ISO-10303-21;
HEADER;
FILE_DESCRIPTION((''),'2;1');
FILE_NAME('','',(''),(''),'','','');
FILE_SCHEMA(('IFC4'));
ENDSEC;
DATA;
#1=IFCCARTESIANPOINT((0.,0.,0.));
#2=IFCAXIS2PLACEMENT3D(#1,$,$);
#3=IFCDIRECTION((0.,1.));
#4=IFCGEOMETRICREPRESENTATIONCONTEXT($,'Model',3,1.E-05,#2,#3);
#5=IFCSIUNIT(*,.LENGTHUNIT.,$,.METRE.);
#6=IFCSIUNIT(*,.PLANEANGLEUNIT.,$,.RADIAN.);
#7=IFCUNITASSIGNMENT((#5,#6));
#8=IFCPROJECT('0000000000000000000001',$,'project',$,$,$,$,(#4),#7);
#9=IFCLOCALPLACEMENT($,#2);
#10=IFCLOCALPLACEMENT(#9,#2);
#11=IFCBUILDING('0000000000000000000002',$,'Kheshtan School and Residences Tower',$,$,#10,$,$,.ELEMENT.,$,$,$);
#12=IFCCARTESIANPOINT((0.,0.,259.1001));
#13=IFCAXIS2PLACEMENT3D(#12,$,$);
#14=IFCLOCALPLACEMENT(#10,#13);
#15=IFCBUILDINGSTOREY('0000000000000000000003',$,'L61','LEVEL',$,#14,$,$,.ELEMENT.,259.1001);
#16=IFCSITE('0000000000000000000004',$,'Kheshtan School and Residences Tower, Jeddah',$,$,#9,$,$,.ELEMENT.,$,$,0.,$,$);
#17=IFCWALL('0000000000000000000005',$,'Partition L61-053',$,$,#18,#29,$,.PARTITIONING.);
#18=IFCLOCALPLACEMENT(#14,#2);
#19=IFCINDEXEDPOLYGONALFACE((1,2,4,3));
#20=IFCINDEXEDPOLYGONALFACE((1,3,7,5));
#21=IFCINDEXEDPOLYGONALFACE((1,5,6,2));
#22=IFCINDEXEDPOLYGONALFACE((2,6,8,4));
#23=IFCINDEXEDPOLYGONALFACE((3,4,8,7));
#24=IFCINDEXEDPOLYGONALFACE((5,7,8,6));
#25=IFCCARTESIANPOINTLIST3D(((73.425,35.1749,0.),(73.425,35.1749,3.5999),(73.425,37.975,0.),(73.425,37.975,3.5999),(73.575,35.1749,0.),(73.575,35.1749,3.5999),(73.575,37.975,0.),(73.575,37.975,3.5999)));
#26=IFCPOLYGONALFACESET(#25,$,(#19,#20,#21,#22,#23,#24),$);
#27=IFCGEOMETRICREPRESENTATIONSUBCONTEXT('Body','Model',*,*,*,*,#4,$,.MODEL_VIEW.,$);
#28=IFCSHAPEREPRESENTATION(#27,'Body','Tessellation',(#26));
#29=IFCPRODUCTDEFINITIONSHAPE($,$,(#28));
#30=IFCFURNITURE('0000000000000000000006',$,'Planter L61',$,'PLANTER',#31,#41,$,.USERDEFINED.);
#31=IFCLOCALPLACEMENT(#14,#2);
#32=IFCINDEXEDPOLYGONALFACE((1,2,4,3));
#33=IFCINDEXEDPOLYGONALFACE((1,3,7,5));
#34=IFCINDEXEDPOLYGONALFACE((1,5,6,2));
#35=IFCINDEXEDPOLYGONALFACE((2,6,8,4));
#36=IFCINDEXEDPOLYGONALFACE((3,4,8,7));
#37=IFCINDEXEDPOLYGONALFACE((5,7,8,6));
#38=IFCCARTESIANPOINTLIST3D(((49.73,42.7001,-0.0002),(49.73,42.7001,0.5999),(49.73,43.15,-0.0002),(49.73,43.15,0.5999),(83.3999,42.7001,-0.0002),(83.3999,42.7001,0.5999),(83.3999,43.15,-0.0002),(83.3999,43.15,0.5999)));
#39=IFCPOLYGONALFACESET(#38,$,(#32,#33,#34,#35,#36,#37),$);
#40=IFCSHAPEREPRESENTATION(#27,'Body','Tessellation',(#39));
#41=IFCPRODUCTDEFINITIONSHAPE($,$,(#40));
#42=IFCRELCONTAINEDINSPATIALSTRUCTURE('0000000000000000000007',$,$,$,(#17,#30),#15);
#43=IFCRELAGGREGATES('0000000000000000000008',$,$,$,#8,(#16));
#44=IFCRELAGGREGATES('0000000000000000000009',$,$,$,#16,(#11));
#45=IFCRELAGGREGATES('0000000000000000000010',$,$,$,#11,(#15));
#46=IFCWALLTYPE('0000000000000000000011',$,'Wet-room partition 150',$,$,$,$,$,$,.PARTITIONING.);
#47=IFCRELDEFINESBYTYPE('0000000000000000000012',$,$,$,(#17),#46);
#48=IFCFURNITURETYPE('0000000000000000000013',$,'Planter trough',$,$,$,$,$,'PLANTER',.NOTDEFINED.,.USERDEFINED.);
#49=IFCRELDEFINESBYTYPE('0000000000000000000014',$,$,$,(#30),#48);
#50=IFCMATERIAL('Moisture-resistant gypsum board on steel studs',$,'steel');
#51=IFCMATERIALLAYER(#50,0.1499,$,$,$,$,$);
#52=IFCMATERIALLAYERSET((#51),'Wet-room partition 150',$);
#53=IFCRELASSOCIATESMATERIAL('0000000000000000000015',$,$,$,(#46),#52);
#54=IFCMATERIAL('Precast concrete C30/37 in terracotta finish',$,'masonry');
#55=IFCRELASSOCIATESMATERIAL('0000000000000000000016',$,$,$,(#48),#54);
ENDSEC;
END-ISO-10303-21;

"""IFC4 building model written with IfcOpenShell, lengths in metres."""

from ifc_helpers import new_model, si_unit, direction, frame, frame_2d, origin, origin_2d, place, context, subcontext, project, spatial, rectangle, extrude, material, layer, layer_set, type_object, element, save


model = new_model("IFC4")

# Units and contexts
model_context = context("Model", 3, precision=1e-05, world=origin(), true_north=direction((0.0, 1.0)))
body_context = subcontext(model_context, "Body", "Model", "MODEL_VIEW")
ifc_project = project(units=[si_unit("LENGTHUNIT", "METRE"), si_unit("PLANEANGLEUNIT", "RADIAN")], contexts=[model_context])

# Site, building, storey
site_placement = place(None, origin())
site = spatial("IfcSite", under=ifc_project, at=site_placement, Name="Kheshtan School and Residences Tower, Jeddah", CompositionType="ELEMENT", RefElevation=0.0)
building_placement = place(site_placement, origin())
building = spatial("IfcBuilding", under=site, at=building_placement, Name="Kheshtan School and Residences Tower", CompositionType="ELEMENT")
storey_placement = place(building_placement, frame((0.0, 0.0, 259.1001)))
storey = spatial("IfcBuildingStorey", under=building, at=storey_placement, Name="L61", Description="LEVEL", CompositionType="ELEMENT", Elevation=259.1001)

# Shared definitions
ifc_material_1 = material(Name="Moisture-resistant gypsum board on steel studs", Category="steel")
ifc_layer_1 = layer(ifc_material_1, 0.1499)
ifc_layer_set_1 = layer_set([ifc_layer_1], Name="Wet-room partition 150")
wall_type_1 = type_object("IfcWallType", Name="Wet-room partition 150", PredefinedType="PARTITIONING", material=ifc_layer_set_1)

# Wall
wall_1_placement = place(storey_placement, frame((73.5, 35.175, 0.0), z_axis=(0.0, 0.0, 1.0), x_axis=(0.0, 1.0, 0.0)))
element("IfcWall", 1, at=wall_1_placement, inside=storey, type_object=wall_type_1, Name="Partition L61-053", PredefinedType="PARTITIONING", context=body_context, shape_type="SweptSolid", body=[
    extrude(rectangle(XDim=2.8, YDim=0.1499, at=frame_2d((1.3999, 0.0))), origin(), (0.0, 0.0, 1.0), 3.5999),
])

# Furniture
ifc_material_2 = material(Name="Precast concrete C30/37 in terracotta finish", Category="masonry")
furniture_type = type_object("IfcFurnitureType", Name="Planter trough", ElementType="PLANTER", AssemblyPlace="NOTDEFINED", PredefinedType="USERDEFINED", material=ifc_material_2)
furniture_placement = place(storey_placement, frame((66.5649, 42.925, -0.0002), z_axis=(0.0, 0.0, 1.0), x_axis=(1.0, 0.0, 0.0)))
element("IfcFurniture", 2, at=furniture_placement, inside=storey, type_object=furniture_type, Name="Planter L61", ObjectType="PLANTER", PredefinedType="USERDEFINED", context=body_context, shape_type="SweptSolid", body=[
    extrude(rectangle(XDim=33.6699, YDim=0.45, at=origin_2d()), origin(), (0.0, 0.0, 1.0), 0.6001),
])

save(model, "model.ifc")
